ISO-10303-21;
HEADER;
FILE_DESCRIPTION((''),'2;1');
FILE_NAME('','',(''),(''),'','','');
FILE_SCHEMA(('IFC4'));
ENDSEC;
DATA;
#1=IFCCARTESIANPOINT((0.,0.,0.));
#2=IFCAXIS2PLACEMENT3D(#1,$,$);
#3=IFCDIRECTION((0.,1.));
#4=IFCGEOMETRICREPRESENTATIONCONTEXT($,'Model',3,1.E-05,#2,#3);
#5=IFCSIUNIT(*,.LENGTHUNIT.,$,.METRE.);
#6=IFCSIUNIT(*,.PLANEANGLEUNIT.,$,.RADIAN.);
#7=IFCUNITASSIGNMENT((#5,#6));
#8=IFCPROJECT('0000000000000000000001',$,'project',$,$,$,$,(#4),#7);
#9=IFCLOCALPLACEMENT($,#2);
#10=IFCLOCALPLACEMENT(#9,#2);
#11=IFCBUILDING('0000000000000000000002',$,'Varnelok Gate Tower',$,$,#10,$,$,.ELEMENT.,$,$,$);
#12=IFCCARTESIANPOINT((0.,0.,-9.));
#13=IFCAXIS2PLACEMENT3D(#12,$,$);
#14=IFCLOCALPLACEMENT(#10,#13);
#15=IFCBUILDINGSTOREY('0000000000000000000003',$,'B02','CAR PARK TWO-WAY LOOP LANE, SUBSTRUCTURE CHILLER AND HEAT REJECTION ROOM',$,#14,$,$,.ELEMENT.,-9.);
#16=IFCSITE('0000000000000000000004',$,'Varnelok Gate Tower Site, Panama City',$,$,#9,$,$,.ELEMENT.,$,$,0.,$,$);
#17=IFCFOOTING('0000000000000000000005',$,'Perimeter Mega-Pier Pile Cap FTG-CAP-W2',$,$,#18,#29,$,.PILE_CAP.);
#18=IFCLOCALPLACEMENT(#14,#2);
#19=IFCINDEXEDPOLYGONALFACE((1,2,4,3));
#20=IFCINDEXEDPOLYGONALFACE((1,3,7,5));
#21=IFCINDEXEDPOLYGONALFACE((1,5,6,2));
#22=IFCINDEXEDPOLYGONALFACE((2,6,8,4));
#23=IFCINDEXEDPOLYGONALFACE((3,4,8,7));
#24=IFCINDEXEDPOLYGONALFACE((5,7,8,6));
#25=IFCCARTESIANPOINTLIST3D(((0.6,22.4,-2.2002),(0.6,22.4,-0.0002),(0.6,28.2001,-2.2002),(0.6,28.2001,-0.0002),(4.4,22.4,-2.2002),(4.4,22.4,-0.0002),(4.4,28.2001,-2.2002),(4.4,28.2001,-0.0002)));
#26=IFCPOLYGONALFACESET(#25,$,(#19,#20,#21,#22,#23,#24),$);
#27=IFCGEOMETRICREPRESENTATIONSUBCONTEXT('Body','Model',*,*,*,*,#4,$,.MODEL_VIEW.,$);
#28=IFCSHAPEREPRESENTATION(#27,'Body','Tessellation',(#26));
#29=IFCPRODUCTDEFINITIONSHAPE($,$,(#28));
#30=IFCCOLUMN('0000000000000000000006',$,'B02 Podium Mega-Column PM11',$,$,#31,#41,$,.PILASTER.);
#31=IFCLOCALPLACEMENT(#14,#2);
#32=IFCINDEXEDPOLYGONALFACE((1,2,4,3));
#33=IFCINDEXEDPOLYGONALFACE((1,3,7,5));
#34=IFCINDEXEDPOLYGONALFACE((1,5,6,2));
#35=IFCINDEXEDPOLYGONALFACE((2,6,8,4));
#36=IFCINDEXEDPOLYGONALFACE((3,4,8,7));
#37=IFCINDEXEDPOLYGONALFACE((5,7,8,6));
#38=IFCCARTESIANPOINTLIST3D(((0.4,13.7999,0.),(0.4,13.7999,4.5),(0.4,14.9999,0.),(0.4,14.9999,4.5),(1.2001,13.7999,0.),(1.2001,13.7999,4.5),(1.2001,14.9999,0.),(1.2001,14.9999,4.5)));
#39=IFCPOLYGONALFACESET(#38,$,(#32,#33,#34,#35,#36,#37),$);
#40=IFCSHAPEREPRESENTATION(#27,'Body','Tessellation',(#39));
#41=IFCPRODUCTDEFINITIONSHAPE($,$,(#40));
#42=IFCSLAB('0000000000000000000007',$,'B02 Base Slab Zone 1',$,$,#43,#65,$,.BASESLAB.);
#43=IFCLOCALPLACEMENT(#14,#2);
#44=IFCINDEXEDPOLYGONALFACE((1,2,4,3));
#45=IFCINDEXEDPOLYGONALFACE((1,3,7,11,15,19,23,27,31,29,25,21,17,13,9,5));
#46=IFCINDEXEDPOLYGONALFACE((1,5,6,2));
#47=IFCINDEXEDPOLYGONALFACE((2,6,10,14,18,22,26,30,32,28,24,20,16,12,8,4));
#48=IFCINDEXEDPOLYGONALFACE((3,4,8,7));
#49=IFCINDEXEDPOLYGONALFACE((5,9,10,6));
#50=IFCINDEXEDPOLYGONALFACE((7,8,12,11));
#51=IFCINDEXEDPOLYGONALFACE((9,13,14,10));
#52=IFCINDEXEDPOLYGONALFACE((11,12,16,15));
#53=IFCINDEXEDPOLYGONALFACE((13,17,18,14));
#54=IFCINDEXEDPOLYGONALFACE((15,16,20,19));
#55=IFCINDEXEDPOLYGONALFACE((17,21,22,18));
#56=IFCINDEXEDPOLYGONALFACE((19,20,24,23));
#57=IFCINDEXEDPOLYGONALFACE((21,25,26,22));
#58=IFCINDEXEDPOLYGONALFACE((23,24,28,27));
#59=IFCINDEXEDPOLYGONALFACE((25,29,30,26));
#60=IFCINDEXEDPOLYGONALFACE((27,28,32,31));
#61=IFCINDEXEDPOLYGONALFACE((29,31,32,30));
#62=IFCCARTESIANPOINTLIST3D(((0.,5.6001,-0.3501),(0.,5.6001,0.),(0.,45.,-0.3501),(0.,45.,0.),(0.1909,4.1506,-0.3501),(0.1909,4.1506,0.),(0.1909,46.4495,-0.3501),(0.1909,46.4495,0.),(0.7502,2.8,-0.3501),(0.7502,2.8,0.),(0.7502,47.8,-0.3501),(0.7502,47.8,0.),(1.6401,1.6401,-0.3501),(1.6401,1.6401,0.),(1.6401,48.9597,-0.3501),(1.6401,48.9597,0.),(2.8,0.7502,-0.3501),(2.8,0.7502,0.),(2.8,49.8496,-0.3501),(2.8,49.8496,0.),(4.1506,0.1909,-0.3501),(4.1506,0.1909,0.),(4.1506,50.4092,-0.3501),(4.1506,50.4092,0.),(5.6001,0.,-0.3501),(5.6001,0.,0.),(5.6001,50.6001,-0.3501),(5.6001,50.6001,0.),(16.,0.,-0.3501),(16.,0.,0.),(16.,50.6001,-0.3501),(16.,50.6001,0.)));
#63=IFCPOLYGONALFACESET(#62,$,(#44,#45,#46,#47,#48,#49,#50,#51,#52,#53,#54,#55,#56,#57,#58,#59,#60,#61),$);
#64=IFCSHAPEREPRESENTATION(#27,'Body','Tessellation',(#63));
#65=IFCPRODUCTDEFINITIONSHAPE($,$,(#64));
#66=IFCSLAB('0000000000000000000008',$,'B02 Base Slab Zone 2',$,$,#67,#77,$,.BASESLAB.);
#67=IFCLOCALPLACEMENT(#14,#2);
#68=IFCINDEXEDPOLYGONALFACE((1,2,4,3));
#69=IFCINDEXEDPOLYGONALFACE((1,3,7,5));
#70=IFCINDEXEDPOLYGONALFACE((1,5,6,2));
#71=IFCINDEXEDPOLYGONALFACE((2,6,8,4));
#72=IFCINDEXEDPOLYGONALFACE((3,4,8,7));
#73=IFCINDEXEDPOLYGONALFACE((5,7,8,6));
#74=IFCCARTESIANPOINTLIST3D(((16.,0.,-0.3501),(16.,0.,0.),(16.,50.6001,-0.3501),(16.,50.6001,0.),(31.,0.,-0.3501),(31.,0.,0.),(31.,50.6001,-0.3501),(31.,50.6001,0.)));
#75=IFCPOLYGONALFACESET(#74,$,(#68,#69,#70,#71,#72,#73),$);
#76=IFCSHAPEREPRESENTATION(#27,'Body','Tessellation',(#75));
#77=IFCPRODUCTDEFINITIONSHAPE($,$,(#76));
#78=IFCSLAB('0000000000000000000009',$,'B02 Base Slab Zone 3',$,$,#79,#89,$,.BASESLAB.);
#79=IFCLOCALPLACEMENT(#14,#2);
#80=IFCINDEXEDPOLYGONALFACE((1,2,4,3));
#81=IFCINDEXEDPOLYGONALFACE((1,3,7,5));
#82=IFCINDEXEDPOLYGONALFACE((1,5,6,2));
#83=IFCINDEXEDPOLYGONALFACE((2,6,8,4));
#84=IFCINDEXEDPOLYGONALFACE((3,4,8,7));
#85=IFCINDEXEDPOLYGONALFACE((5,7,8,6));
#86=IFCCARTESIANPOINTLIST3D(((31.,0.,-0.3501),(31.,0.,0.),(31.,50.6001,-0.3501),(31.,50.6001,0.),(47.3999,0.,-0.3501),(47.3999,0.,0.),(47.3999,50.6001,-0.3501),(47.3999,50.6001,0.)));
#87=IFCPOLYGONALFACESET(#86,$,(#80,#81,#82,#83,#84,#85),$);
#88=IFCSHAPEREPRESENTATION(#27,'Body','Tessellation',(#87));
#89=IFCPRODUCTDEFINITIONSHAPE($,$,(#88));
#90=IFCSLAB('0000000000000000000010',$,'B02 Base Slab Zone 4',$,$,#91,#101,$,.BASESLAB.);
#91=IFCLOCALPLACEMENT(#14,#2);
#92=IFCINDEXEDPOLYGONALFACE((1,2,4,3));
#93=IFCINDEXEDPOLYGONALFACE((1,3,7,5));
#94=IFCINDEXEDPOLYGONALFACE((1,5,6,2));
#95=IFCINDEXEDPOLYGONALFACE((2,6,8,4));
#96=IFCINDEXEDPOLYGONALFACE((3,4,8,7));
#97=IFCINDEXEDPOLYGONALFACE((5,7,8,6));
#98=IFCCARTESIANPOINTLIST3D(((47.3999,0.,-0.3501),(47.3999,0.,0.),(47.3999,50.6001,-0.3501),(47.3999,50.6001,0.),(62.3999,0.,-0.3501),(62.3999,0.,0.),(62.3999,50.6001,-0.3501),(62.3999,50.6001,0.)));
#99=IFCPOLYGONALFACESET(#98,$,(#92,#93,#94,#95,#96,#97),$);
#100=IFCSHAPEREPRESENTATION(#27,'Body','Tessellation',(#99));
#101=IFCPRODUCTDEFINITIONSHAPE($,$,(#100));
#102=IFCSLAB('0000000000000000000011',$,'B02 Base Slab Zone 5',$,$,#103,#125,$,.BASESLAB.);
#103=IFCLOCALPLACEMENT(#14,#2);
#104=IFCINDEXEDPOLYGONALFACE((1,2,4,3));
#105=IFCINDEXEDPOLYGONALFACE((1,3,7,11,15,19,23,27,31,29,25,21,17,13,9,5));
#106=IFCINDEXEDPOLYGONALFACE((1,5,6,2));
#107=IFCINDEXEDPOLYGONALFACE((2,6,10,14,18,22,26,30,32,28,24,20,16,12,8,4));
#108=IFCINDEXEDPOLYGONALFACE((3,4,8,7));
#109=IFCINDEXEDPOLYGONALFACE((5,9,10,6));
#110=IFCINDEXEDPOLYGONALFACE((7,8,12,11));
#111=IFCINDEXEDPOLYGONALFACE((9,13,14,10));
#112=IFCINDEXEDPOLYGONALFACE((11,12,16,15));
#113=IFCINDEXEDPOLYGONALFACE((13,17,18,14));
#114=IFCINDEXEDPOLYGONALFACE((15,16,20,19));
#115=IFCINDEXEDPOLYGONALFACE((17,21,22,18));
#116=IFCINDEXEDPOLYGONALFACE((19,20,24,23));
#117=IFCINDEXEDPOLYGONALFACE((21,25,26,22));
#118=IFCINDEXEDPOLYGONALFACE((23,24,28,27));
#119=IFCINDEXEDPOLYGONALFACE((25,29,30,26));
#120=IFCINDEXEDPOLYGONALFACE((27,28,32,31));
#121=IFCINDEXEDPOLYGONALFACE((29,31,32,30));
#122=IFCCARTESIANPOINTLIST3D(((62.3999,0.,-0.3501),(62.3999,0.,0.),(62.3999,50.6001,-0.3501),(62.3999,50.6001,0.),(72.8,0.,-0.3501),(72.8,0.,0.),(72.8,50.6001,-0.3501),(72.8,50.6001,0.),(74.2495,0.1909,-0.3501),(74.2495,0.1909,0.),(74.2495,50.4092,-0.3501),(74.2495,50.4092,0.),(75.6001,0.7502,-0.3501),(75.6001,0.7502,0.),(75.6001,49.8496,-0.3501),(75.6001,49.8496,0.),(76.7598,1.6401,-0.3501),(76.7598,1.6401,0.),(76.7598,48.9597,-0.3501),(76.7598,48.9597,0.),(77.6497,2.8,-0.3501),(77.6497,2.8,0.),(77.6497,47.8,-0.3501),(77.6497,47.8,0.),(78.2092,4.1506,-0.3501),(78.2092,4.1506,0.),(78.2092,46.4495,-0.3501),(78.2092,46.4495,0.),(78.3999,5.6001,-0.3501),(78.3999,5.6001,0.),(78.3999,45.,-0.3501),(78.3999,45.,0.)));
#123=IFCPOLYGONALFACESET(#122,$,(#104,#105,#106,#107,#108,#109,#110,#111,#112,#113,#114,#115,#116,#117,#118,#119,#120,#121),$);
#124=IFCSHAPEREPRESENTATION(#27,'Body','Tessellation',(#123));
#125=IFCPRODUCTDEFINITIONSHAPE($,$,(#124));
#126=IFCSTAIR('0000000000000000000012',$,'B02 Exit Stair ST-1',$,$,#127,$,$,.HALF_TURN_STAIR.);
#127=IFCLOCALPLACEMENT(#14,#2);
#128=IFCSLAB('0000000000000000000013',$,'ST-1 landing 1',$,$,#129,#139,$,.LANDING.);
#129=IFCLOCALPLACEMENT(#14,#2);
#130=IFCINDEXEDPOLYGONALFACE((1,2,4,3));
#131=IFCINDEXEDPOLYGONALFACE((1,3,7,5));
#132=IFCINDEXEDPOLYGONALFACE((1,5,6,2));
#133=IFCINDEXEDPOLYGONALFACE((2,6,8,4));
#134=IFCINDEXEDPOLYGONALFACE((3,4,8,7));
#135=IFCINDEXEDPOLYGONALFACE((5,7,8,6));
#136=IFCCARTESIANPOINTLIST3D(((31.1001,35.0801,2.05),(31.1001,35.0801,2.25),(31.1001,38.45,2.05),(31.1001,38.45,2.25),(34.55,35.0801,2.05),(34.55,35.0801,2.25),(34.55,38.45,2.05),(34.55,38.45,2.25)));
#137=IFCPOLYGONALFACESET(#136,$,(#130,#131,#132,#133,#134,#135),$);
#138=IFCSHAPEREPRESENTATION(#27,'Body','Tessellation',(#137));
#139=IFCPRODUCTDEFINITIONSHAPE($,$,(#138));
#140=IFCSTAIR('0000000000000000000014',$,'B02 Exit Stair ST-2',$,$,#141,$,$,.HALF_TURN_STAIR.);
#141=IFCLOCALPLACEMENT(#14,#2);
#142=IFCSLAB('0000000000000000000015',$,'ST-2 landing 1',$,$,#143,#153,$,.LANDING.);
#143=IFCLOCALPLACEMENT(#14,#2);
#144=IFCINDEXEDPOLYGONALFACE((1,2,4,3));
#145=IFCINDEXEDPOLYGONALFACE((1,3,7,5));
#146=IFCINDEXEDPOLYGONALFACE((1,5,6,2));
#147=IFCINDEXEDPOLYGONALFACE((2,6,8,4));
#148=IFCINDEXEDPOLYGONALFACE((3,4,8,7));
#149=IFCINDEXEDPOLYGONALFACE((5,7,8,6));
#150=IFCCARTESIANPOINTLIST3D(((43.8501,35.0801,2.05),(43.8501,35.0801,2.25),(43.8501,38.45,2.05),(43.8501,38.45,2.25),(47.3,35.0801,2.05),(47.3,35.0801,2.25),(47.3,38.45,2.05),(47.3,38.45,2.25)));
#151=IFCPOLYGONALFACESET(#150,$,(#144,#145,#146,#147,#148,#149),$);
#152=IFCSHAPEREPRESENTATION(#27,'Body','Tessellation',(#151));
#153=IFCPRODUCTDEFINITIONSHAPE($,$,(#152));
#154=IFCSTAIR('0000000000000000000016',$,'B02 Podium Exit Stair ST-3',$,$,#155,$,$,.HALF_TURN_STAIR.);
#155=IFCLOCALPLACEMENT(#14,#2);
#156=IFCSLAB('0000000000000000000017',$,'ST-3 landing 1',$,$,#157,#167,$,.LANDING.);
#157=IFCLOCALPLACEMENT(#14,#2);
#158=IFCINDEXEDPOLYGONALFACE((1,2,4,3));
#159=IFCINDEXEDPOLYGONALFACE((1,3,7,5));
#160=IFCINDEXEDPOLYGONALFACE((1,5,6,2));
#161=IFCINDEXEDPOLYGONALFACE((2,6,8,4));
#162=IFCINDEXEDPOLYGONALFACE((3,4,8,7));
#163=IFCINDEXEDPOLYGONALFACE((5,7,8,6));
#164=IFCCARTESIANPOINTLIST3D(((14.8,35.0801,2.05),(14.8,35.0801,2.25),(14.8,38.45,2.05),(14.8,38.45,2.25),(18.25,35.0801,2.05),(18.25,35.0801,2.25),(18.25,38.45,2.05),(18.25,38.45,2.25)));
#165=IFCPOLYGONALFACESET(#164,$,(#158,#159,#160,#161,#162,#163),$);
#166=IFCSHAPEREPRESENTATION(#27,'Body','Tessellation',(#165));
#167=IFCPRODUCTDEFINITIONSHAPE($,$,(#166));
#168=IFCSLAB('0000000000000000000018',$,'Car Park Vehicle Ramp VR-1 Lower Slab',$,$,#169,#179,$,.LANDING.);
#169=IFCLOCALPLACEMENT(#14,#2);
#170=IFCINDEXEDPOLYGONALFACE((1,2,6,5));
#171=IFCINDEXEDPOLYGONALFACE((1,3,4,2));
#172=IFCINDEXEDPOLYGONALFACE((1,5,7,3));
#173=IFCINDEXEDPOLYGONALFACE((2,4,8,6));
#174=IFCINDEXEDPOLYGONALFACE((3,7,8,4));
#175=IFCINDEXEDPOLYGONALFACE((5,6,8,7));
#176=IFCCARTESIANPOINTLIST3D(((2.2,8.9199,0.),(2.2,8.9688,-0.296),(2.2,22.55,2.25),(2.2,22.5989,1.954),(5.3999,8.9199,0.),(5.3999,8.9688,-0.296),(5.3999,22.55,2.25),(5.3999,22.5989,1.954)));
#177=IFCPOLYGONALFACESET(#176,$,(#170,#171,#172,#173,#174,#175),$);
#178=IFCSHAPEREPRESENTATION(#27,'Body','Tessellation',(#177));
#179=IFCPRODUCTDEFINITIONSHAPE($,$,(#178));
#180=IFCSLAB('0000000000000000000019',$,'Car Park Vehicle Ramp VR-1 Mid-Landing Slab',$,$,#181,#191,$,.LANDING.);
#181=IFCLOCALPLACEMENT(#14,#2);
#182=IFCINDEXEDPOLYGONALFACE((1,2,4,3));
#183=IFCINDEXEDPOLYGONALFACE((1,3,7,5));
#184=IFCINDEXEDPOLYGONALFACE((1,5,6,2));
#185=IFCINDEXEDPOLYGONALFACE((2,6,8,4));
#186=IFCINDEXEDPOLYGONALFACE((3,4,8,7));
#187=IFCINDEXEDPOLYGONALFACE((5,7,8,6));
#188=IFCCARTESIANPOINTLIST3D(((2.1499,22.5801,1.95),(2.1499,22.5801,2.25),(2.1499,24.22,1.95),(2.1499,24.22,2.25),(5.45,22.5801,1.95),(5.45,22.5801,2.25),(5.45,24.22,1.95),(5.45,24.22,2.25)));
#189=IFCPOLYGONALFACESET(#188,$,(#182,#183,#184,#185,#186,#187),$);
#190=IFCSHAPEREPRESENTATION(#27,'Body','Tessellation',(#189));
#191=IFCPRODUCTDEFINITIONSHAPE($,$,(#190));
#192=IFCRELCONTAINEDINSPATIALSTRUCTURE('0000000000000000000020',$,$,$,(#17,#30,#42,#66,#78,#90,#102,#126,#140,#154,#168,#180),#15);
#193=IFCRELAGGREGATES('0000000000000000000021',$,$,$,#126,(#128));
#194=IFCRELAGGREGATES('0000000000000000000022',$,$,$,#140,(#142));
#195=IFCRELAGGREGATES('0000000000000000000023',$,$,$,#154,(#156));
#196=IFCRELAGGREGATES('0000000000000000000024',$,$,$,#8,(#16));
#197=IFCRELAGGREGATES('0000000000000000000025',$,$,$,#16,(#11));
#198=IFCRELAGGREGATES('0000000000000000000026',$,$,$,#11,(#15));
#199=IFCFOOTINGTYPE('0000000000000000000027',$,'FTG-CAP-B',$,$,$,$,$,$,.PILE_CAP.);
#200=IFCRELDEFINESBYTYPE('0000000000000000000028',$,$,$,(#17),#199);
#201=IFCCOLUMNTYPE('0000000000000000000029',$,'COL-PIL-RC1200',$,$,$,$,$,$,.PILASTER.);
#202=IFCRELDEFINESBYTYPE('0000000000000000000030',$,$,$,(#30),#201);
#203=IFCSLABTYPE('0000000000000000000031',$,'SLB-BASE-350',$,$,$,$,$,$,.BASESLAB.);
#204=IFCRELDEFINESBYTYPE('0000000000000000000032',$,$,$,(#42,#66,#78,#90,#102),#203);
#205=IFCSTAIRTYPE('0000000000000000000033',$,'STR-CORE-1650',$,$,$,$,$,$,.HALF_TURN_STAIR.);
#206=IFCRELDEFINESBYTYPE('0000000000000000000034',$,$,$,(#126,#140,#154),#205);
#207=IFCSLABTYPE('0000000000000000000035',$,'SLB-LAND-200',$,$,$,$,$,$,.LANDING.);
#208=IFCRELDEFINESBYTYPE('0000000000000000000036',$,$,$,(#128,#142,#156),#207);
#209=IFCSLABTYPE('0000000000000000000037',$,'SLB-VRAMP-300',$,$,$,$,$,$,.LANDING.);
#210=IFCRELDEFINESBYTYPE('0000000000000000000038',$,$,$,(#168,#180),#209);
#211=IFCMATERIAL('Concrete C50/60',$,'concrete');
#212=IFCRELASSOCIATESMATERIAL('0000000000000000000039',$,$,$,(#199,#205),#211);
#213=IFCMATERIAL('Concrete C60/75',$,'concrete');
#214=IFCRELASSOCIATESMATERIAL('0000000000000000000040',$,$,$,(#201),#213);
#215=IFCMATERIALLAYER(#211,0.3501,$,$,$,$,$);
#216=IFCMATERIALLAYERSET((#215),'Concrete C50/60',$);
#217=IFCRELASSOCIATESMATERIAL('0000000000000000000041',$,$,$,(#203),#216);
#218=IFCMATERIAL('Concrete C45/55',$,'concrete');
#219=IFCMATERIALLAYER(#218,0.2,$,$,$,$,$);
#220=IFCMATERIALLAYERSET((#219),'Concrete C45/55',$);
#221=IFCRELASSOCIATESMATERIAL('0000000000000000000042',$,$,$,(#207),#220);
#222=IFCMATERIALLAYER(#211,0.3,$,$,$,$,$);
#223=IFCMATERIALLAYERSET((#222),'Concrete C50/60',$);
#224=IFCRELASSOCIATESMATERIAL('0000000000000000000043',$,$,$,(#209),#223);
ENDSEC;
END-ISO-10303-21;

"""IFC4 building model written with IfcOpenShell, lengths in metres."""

from ifc_helpers import new_model, si_unit, direction, frame, origin, origin_2d, place, context, subcontext, project, spatial, polyline, rectangle, outline, extrude, source, transform, mapped, material, layer, layer_set, material_profile, profile_set, type_object, element, aggregate, save


model = new_model("IFC4")

# Units and contexts
model_context = context("Model", 3, precision=1e-05, world=origin(), true_north=direction((0.0, 1.0)))
body_context = subcontext(model_context, "Body", "Model", "MODEL_VIEW")
ifc_project = project(units=[si_unit("LENGTHUNIT", "METRE"), si_unit("PLANEANGLEUNIT", "RADIAN")], contexts=[model_context])

# Site, building, storey
site_placement = place(None, origin())
site = spatial("IfcSite", under=ifc_project, at=site_placement, Name="Varnelok Gate Tower Site, Panama City", CompositionType="ELEMENT", RefElevation=0.0)
building_placement = place(site_placement, origin())
building = spatial("IfcBuilding", under=site, at=building_placement, Name="Varnelok Gate Tower", CompositionType="ELEMENT")
storey_placement = place(building_placement, frame((0.0, 0.0, -9.0)))
storey = spatial("IfcBuildingStorey", under=building, at=storey_placement, Name="B02", Description="CAR PARK TWO-WAY LOOP LANE, SUBSTRUCTURE CHILLER AND HEAT REJECTION ROOM", CompositionType="ELEMENT", Elevation=-9.0)

# Shared definitions
ifc_material_1 = material(Name="Concrete C50/60", Category="concrete")
footing_type_1 = type_object("IfcFootingType", Name="FTG-CAP-B", PredefinedType="PILE_CAP", material=ifc_material_1)

# Footing
shared_shape_1 = source(origin(), body_context, "Body", "SweptSolid", [
    extrude(rectangle(XDim=3.8, YDim=5.8, at=origin_2d()), origin(), (0.0, 0.0, 1.0), 2.2),
])
footing_1_placement = place(storey_placement, frame((2.5, 25.3, -2.2002), z_axis=(0.0, 0.0, 1.0), x_axis=(1.0, 0.0, 0.0)))
element("IfcFooting", 1, at=footing_1_placement, inside=storey, type_object=footing_type_1, Name="Perimeter Mega-Pier Pile Cap FTG-CAP-W2", PredefinedType="PILE_CAP", context=body_context, shape_type="MappedRepresentation", body=[
    mapped(shared_shape_1, transform((0.0, 0.0, 0.0), scale=1.0)),
])

# Column
ifc_material_2 = material(Name="Concrete C60/75", Category="concrete")
ifc_material_profile_1 = material_profile(ifc_material_2, rectangle(XDim=0.8, YDim=1.2, at=origin_2d()), Name="RC1200X800")
ifc_profile_set_1 = profile_set([ifc_material_profile_1], Name="Concrete C60/75")
column_type = type_object("IfcColumnType", Name="COL-PIL-RC1200", PredefinedType="PILASTER", material=ifc_profile_set_1)
column_placement = place(storey_placement, frame((0.8, 14.3999, 0.0), z_axis=(0.0, 0.0, 1.0), x_axis=(1.0, 0.0, 0.0)))
element("IfcColumn", 2, at=column_placement, inside=storey, type_object=column_type, Name="B02 Podium Mega-Column PM11", PredefinedType="PILASTER", context=body_context, shape_type="SweptSolid", body=[
    extrude(rectangle(XDim=0.8, YDim=1.2, at=origin_2d()), origin(), (0.0, 0.0, 1.0), 4.5),
])

# Slabs
ifc_layer_1 = layer(ifc_material_1, 0.3501)
ifc_layer_set_1 = layer_set([ifc_layer_1], Name="Concrete C50/60")
slab_type_1 = type_object("IfcSlabType", Name="SLB-BASE-350", PredefinedType="BASESLAB", material=ifc_layer_set_1)
slab_1_placement = place(storey_placement, frame((0.0, 0.0, -0.3501)))
element("IfcSlab", 3, at=slab_1_placement, inside=storey, type_object=slab_type_1, Name="B02 Base Slab Zone 1", PredefinedType="BASESLAB", context=body_context, shape_type="SweptSolid", body=[
    extrude(outline(polyline([(5.6001, 0.0), (4.1506, 0.1909), (2.8, 0.7502), (1.6401, 1.6401), (0.7502, 2.8), (0.1909, 4.1506), (0.0, 5.6001), (0.0, 45.0), (0.1909, 46.4495), (0.7502, 47.8), (1.6401, 48.9597), (2.8, 49.8496), (4.1506, 50.4092), (5.6001, 50.6001), (16.0, 50.6001), (16.0, 0.0), (5.6001, 0.0)])), origin(), (0.0, 0.0, 1.0), 0.3501),
])
slab_2_placement = place(storey_placement, frame((0.0, 0.0, -0.3501)))
element("IfcSlab", 4, at=slab_2_placement, inside=storey, type_object=slab_type_1, Name="B02 Base Slab Zone 2", PredefinedType="BASESLAB", context=body_context, shape_type="SweptSolid", body=[
    extrude(outline(polyline([(16.0, 0.0), (16.0, 50.6001), (31.0, 50.6001), (31.0, 0.0), (16.0, 0.0)])), origin(), (0.0, 0.0, 1.0), 0.3501),
])
slab_3_placement = place(storey_placement, frame((0.0, 0.0, -0.3501)))
element("IfcSlab", 5, at=slab_3_placement, inside=storey, type_object=slab_type_1, Name="B02 Base Slab Zone 3", PredefinedType="BASESLAB", context=body_context, shape_type="SweptSolid", body=[
    extrude(outline(polyline([(31.0, 0.0), (31.0, 50.6001), (47.3999, 50.6001), (47.3999, 0.0), (31.0, 0.0)])), origin(), (0.0, 0.0, 1.0), 0.3501),
])
slab_4_placement = place(storey_placement, frame((0.0, 0.0, -0.3501)))
element("IfcSlab", 6, at=slab_4_placement, inside=storey, type_object=slab_type_1, Name="B02 Base Slab Zone 4", PredefinedType="BASESLAB", context=body_context, shape_type="SweptSolid", body=[
    extrude(outline(polyline([(47.3999, 0.0), (47.3999, 50.6001), (62.3999, 50.6001), (62.3999, 0.0), (47.3999, 0.0)])), origin(), (0.0, 0.0, 1.0), 0.3501),
])
slab_5_placement = place(storey_placement, frame((0.0, 0.0, -0.3501)))
element("IfcSlab", 7, at=slab_5_placement, inside=storey, type_object=slab_type_1, Name="B02 Base Slab Zone 5", PredefinedType="BASESLAB", context=body_context, shape_type="SweptSolid", body=[
    extrude(outline(polyline([(78.2092, 4.1506), (77.6497, 2.8), (76.7598, 1.6401), (75.6001, 0.7502), (74.2495, 0.1909), (72.8, 0.0), (62.3999, 0.0), (62.3999, 50.6001), (72.8, 50.6001), (74.2495, 50.4092), (75.6001, 49.8496), (76.7598, 48.9597), (77.6497, 47.8), (78.2092, 46.4495), (78.3999, 45.0), (78.3999, 5.6001), (78.2092, 4.1506)])), origin(), (0.0, 0.0, 1.0), 0.3501),
])

# Stairs, slabs
stair_type = type_object("IfcStairType", Name="STR-CORE-1650", PredefinedType="HALF_TURN_STAIR", material=ifc_material_1)
stair_1_placement = place(storey_placement, origin())
stair_1 = element("IfcStair", 8, at=stair_1_placement, inside=storey, type_object=stair_type, Name="B02 Exit Stair ST-1", PredefinedType="HALF_TURN_STAIR")
ifc_material_3 = material(Name="Concrete C45/55", Category="concrete")
ifc_layer_2 = layer(ifc_material_3, 0.2)
ifc_layer_set_2 = layer_set([ifc_layer_2], Name="Concrete C45/55")
slab_type_2 = type_object("IfcSlabType", Name="SLB-LAND-200", PredefinedType="LANDING", material=ifc_layer_set_2)
slab_6_placement = place(storey_placement, frame((0.0, 0.0, 2.05)))
slab_6 = element("IfcSlab", 9, at=slab_6_placement, type_object=slab_type_2, Name="ST-1 landing 1", PredefinedType="LANDING", context=body_context, shape_type="SweptSolid", body=[
    extrude(outline(polyline([(34.55, 35.0801), (34.55, 38.45), (31.1001, 38.45), (31.1001, 35.0801), (34.55, 35.0801)])), origin(), (0.0, 0.0, 1.0), 0.2),
])
aggregate(stair_1, [slab_6])
stair_2_placement = place(storey_placement, origin())
stair_2 = element("IfcStair", 10, at=stair_2_placement, inside=storey, type_object=stair_type, Name="B02 Exit Stair ST-2", PredefinedType="HALF_TURN_STAIR")
slab_7_placement = place(storey_placement, frame((0.0, 0.0, 2.05)))
slab_7 = element("IfcSlab", 11, at=slab_7_placement, type_object=slab_type_2, Name="ST-2 landing 1", PredefinedType="LANDING", context=body_context, shape_type="SweptSolid", body=[
    extrude(outline(polyline([(47.3, 35.0801), (47.3, 38.45), (43.8501, 38.45), (43.8501, 35.0801), (47.3, 35.0801)])), origin(), (0.0, 0.0, 1.0), 0.2),
])
aggregate(stair_2, [slab_7])
stair_3_placement = place(storey_placement, origin())
stair_3 = element("IfcStair", 12, at=stair_3_placement, inside=storey, type_object=stair_type, Name="B02 Podium Exit Stair ST-3", PredefinedType="HALF_TURN_STAIR")
slab_8_placement = place(storey_placement, frame((0.0, 0.0, 2.05)))
slab_8 = element("IfcSlab", 13, at=slab_8_placement, type_object=slab_type_2, Name="ST-3 landing 1", PredefinedType="LANDING", context=body_context, shape_type="SweptSolid", body=[
    extrude(outline(polyline([(18.25, 35.0801), (18.25, 38.45), (14.8, 38.45), (14.8, 35.0801), (18.25, 35.0801)])), origin(), (0.0, 0.0, 1.0), 0.2),
])
aggregate(stair_3, [slab_8])

# Slabs
ifc_layer_3 = layer(ifc_material_1, 0.3)
ifc_layer_set_3 = layer_set([ifc_layer_3], Name="Concrete C50/60")
slab_type_3 = type_object("IfcSlabType", Name="SLB-VRAMP-300", PredefinedType="LANDING", material=ifc_layer_set_3)
slab_9_placement = place(storey_placement, frame((2.2, 8.9199, 0.0), z_axis=(0.0, -0.162871, 0.986647), x_axis=(1.0, 0.0, 0.0)))
element("IfcSlab", 14, at=slab_9_placement, inside=storey, type_object=slab_type_3, Name="Car Park Vehicle Ramp VR-1 Lower Slab", PredefinedType="LANDING", context=body_context, shape_type="SweptSolid", body=[
    extrude(outline(polyline([(0.0, 0.0), (3.2, 0.0), (3.2, 13.8146), (0.0, 13.8146), (0.0, 0.0)])), origin(), (0.0, 0.0, -1.0), 0.3),
])
slab_10_placement = place(storey_placement, frame((0.0, 0.0, 1.95)))
element("IfcSlab", 15, at=slab_10_placement, inside=storey, type_object=slab_type_3, Name="Car Park Vehicle Ramp VR-1 Mid-Landing Slab", PredefinedType="LANDING", context=body_context, shape_type="SweptSolid", body=[
    extrude(outline(polyline([(2.1499, 22.5801), (5.45, 22.5801), (5.45, 24.22), (2.1499, 24.22), (2.1499, 22.5801)])), origin(), (0.0, 0.0, 1.0), 0.3),
])

save(model, "model.ifc")
